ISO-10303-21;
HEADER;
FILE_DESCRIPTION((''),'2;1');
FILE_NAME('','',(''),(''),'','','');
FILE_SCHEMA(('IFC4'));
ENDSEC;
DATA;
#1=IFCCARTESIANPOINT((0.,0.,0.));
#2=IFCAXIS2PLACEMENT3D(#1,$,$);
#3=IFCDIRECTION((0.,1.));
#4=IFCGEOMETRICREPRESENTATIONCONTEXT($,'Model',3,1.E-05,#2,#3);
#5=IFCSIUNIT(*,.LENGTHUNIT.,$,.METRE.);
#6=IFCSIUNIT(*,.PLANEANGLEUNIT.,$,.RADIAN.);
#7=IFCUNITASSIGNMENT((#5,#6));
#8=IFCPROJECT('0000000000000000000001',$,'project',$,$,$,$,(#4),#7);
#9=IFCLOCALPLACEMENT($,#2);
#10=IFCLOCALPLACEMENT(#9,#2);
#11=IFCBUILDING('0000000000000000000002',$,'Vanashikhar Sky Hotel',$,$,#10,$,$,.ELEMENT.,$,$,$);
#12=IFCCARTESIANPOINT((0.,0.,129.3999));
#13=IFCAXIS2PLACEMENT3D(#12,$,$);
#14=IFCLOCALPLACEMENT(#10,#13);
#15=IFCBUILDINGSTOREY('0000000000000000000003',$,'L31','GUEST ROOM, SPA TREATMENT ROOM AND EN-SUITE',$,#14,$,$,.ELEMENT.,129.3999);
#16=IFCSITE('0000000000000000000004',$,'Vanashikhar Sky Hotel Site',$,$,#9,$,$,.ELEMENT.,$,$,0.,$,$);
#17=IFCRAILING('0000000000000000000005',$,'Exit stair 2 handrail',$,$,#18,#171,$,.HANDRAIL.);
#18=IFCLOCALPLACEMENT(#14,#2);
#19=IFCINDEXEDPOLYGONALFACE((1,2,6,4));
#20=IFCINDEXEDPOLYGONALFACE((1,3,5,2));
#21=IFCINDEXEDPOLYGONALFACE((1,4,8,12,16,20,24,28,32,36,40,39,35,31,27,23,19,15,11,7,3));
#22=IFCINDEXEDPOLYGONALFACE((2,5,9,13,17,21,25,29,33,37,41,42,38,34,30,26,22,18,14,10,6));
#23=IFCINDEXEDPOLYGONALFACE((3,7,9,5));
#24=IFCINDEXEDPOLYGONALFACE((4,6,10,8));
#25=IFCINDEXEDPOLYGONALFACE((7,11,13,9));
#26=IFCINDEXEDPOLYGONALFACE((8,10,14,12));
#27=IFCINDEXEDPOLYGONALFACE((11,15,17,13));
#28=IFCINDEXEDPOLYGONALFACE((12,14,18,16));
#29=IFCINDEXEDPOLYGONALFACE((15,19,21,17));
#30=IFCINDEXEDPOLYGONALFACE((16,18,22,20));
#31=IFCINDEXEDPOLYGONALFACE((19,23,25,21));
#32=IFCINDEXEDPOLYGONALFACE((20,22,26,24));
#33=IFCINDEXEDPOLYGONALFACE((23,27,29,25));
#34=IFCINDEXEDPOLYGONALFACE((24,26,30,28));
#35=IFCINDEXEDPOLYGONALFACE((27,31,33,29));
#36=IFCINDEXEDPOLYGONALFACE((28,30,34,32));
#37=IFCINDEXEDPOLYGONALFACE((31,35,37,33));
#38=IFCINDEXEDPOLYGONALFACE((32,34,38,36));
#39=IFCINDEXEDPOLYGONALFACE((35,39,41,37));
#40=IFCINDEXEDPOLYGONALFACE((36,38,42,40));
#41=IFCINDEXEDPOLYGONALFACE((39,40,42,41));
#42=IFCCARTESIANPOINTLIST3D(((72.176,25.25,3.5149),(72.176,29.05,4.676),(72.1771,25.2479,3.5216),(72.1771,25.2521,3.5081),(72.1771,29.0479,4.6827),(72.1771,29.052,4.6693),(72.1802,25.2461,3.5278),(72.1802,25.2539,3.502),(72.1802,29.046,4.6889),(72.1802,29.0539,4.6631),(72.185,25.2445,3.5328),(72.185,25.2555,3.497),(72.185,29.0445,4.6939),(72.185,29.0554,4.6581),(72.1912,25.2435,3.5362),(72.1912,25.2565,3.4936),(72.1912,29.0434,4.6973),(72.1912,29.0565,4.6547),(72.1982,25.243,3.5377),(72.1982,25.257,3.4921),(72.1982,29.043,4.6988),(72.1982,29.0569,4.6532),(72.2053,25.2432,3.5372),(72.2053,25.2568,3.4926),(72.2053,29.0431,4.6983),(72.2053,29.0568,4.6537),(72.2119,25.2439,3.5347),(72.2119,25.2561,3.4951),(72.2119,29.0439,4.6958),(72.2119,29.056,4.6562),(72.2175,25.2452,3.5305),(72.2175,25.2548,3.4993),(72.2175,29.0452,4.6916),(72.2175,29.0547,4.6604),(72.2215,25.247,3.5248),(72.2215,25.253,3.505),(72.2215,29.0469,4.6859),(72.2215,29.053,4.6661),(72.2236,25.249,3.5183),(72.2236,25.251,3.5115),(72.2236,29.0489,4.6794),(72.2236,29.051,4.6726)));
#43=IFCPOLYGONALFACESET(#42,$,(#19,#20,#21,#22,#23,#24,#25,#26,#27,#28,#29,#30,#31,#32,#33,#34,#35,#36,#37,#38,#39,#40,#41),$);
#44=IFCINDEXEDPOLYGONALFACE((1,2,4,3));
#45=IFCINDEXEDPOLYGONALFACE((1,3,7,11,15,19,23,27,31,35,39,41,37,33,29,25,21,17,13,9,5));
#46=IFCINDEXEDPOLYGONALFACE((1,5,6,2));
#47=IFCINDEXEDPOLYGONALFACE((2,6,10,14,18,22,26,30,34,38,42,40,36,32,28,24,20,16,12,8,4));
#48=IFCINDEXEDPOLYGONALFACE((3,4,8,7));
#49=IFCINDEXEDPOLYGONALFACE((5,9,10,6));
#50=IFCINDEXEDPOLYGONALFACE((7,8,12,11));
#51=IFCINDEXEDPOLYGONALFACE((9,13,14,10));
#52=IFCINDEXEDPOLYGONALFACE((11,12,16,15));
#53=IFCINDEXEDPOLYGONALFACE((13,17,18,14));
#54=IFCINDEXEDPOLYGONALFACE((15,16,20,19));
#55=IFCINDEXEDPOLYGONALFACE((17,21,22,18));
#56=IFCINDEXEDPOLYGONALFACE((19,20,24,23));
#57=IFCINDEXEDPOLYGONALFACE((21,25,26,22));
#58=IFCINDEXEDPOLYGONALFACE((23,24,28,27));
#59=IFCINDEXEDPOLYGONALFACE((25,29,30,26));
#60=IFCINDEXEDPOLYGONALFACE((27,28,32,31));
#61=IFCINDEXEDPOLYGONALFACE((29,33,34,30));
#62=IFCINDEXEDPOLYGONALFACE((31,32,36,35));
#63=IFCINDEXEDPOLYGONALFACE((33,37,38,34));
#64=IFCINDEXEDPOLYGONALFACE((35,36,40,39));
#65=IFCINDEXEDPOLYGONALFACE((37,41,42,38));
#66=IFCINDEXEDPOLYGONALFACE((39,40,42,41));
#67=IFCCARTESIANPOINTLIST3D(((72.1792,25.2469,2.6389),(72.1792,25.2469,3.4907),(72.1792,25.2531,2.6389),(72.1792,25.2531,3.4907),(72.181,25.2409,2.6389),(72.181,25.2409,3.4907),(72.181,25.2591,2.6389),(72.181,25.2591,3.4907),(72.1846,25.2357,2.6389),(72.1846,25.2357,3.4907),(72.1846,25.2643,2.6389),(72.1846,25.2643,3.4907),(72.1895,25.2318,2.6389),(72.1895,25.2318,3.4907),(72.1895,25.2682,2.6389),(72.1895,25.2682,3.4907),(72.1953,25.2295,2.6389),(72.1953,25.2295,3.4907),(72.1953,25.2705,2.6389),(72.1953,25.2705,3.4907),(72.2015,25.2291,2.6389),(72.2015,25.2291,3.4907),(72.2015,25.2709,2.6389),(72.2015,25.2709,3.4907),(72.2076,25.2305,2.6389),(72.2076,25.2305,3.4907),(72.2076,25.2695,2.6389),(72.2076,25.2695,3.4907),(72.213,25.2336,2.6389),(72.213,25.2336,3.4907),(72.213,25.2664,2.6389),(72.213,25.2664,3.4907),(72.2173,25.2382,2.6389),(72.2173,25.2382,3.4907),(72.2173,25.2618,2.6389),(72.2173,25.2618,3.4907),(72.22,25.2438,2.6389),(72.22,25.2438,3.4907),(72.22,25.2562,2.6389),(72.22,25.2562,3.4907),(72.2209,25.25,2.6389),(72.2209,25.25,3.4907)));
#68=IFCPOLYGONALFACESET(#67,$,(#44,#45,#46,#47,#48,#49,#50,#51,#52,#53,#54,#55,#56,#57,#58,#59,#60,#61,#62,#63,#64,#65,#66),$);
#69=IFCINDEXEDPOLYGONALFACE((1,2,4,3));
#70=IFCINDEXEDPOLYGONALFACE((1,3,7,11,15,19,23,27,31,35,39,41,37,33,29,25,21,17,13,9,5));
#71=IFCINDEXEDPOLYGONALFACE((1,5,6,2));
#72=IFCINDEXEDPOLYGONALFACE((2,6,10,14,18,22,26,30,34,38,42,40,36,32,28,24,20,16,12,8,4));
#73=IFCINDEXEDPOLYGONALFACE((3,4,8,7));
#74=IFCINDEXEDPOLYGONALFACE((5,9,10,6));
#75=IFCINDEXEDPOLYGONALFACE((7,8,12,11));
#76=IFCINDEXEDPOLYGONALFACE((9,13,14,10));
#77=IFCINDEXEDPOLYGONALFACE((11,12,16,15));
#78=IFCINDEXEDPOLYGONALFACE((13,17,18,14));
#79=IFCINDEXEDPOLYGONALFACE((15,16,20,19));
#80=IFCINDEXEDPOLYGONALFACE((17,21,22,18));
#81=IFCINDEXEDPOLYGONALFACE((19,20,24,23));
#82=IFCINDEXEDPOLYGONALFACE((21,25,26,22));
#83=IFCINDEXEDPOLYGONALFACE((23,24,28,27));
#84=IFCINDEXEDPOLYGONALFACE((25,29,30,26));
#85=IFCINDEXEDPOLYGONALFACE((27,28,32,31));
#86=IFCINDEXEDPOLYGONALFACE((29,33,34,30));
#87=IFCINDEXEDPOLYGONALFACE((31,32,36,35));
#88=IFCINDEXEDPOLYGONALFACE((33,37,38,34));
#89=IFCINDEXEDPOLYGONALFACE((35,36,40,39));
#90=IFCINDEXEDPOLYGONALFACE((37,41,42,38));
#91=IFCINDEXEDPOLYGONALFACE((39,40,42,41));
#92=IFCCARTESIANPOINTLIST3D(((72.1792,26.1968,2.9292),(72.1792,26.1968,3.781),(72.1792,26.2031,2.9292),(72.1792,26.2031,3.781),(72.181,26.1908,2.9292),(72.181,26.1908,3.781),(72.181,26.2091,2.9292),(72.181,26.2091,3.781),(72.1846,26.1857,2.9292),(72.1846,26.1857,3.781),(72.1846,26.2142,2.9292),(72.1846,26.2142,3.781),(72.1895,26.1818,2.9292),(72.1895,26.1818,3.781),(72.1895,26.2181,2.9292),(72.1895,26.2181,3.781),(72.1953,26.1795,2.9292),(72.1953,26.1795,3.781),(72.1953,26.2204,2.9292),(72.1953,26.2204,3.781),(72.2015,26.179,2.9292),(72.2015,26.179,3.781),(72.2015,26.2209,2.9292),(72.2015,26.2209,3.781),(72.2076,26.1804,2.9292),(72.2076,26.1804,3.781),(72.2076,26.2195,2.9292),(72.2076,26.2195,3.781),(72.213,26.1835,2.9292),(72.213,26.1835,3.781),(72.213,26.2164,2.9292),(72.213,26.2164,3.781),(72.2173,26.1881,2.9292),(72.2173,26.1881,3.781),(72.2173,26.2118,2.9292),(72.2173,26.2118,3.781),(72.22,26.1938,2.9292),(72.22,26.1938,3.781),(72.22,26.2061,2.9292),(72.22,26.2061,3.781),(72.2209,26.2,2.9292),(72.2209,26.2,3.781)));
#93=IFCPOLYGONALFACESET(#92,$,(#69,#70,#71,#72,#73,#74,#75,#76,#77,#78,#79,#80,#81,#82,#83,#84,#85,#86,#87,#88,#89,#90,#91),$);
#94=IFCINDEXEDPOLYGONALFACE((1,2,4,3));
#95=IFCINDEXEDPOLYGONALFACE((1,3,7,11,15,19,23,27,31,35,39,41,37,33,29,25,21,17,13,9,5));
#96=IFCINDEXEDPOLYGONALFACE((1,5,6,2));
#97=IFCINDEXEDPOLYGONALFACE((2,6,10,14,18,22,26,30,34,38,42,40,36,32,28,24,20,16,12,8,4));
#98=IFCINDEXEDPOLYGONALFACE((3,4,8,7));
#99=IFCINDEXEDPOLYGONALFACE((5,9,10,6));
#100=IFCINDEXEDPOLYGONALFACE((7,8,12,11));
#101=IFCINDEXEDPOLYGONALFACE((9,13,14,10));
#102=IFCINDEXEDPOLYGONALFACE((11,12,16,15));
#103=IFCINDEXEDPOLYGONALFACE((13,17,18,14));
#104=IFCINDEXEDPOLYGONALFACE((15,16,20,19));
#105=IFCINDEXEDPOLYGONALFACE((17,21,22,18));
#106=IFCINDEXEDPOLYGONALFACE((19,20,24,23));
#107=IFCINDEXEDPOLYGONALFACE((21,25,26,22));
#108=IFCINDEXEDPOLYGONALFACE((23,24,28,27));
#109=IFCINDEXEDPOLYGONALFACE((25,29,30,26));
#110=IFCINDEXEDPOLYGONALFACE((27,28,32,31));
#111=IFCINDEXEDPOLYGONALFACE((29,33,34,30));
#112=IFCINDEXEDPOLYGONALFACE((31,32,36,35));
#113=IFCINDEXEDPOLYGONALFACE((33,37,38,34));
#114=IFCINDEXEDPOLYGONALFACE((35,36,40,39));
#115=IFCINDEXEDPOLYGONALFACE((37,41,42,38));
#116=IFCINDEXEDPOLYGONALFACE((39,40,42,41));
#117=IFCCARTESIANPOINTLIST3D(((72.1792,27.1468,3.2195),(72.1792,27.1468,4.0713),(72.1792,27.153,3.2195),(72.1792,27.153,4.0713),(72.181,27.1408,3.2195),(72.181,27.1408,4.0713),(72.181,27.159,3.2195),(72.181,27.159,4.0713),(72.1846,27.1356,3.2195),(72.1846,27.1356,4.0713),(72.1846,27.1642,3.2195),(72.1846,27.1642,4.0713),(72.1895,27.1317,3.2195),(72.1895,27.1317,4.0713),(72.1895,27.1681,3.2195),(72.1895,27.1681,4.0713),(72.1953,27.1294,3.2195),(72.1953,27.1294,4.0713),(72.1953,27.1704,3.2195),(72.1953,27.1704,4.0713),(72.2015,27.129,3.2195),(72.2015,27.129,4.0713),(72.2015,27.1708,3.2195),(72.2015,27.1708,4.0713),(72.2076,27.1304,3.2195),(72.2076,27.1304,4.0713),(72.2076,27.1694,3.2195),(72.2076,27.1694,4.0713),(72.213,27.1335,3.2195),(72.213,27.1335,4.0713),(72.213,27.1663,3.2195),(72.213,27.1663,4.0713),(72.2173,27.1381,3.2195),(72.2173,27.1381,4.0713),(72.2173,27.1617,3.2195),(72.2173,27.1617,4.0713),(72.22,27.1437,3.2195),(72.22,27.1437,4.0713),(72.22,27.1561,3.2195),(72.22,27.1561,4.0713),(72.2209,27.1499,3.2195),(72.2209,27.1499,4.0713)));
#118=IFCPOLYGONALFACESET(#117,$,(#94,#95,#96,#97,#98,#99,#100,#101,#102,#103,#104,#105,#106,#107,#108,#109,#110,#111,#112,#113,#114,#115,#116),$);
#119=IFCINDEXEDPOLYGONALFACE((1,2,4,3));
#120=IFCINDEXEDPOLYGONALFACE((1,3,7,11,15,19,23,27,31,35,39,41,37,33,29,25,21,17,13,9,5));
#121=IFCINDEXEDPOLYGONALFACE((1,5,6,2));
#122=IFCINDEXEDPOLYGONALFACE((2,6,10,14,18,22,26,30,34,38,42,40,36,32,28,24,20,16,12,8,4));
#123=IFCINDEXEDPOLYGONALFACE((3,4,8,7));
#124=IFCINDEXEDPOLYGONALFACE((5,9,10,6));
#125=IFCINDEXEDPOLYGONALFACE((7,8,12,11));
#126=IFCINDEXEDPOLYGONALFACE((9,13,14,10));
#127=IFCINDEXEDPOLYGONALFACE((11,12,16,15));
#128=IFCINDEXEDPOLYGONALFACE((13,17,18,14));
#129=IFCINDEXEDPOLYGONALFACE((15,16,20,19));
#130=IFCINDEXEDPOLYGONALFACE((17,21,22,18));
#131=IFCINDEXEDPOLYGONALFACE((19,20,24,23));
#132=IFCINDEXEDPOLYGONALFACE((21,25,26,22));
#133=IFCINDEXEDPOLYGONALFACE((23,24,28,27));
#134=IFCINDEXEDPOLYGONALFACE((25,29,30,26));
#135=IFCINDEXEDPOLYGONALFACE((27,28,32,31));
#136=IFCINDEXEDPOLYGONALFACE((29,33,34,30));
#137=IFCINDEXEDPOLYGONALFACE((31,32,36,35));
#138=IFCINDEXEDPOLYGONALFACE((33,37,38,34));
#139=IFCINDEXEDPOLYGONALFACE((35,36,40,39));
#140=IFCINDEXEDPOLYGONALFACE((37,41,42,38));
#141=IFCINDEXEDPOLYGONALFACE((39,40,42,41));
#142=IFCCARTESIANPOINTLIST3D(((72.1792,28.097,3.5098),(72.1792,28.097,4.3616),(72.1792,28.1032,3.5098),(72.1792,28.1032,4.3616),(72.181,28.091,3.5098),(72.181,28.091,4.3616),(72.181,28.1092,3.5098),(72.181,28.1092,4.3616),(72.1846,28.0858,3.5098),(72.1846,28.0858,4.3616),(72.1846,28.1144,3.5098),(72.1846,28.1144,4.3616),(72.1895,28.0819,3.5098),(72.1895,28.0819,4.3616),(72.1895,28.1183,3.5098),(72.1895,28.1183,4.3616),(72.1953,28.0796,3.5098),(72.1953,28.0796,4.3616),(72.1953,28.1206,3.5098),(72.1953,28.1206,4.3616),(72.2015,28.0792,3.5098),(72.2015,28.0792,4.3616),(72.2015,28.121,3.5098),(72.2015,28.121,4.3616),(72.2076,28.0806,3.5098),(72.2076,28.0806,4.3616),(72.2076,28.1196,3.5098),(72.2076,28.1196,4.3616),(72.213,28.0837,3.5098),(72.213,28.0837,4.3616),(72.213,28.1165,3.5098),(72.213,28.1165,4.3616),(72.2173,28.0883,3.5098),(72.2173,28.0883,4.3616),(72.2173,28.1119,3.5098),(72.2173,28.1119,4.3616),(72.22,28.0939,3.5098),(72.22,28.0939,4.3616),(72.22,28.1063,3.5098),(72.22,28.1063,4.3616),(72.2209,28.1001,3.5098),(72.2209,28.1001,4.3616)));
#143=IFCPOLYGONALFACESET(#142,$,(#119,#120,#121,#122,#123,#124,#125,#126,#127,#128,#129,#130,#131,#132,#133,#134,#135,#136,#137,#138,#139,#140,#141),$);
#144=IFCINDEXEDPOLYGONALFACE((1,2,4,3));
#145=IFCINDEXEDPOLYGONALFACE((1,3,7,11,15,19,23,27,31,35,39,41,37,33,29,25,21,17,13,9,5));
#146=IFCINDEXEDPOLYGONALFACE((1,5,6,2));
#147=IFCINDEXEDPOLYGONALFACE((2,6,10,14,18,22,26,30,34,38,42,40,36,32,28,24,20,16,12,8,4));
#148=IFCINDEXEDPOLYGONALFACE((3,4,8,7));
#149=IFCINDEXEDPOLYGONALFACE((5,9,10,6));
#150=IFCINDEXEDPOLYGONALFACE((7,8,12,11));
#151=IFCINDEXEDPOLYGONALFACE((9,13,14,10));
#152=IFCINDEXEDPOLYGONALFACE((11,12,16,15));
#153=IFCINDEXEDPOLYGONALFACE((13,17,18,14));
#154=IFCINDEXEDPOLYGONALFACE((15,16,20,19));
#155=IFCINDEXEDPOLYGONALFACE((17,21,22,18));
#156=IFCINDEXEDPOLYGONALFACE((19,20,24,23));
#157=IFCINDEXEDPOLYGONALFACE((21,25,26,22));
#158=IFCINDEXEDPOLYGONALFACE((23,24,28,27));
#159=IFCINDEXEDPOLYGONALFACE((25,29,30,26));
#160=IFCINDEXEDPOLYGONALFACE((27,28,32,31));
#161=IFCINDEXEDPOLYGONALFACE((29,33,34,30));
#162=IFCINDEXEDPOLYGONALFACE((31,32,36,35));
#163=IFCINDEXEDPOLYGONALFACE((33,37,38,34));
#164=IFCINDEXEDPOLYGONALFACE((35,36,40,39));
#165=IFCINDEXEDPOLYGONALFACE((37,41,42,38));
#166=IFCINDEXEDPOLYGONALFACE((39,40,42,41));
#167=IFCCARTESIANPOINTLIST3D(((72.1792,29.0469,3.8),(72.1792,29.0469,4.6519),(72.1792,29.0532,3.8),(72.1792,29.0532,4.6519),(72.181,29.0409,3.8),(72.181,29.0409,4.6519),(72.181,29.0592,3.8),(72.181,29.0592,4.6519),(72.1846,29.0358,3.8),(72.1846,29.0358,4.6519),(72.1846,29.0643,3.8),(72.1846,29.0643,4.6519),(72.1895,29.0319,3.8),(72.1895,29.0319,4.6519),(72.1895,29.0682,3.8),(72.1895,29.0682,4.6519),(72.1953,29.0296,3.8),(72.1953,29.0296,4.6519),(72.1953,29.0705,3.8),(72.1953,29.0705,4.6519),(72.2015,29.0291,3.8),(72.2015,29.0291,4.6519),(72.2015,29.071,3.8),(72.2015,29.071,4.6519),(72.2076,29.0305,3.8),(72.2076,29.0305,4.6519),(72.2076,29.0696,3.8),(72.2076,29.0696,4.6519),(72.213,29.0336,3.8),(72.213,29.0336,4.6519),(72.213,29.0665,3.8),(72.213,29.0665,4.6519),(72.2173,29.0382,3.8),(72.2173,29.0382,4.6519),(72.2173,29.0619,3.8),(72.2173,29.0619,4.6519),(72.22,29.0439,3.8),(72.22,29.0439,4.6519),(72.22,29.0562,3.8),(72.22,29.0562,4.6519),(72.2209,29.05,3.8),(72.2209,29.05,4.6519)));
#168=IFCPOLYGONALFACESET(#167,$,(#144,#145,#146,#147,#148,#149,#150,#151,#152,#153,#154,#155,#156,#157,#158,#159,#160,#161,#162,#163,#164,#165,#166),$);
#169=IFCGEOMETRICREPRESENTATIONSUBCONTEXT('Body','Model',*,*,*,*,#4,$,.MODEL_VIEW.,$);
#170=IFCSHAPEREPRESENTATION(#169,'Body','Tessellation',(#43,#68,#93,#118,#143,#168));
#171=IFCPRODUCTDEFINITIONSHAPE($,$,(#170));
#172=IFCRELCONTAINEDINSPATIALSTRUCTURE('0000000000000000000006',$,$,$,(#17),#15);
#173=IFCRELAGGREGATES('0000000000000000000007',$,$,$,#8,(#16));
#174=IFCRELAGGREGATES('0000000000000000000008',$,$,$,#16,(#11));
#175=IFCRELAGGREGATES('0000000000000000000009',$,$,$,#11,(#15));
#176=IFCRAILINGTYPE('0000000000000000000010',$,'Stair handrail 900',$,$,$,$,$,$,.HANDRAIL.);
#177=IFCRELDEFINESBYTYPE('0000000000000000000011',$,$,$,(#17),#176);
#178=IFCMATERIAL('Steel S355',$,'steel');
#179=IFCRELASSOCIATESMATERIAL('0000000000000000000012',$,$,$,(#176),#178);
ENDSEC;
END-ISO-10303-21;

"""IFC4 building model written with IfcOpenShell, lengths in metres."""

from ifc_helpers import new_model, si_unit, direction, frame, origin, origin_2d, place, context, subcontext, project, spatial, circle, extrude, source, transform, mapped, material, type_object, element, save


model = new_model("IFC4")

# Units and contexts
model_context = context("Model", 3, precision=1e-05, world=origin(), true_north=direction((0.0, 1.0)))
body_context = subcontext(model_context, "Body", "Model", "MODEL_VIEW")
ifc_project = project(units=[si_unit("LENGTHUNIT", "METRE"), si_unit("PLANEANGLEUNIT", "RADIAN")], contexts=[model_context])

# Site, building, storey
site_placement = place(None, origin())
site = spatial("IfcSite", under=ifc_project, at=site_placement, Name="Vanashikhar Sky Hotel Site", CompositionType="ELEMENT", RefElevation=0.0)
building_placement = place(site_placement, origin())
building = spatial("IfcBuilding", under=site, at=building_placement, Name="Vanashikhar Sky Hotel", CompositionType="ELEMENT")
storey_placement = place(building_placement, frame((0.0, 0.0, 129.3999)))
storey = spatial("IfcBuildingStorey", under=building, at=storey_placement, Name="L31", Description="GUEST ROOM, SPA TREATMENT ROOM AND EN-SUITE", CompositionType="ELEMENT", Elevation=129.3999)

# Railing
ifc_material_1 = material(Name="Steel S355", Category="steel")
railing_type_1 = type_object("IfcRailingType", Name="Stair handrail 900", PredefinedType="HANDRAIL", material=ifc_material_1)
shared_shape_1 = source(origin(), body_context, "Body", "SweptSolid", [
    extrude(circle(Radius=0.0239, at=origin_2d()), frame((0.0, 0.0, 0.876), z_axis=(0.0, 0.956351, 0.29222), x_axis=(-1.0, 0.0, 0.0)), (0.0, 0.0, 1.0), 3.9734),
    extrude(circle(Radius=0.021, at=origin_2d()), origin(), (0.0, 0.0, 1.0), 0.8518),
    extrude(circle(Radius=0.021, at=origin_2d()), frame((0.0, 0.95, 0.2903)), (0.0, 0.0, 1.0), 0.8518),
    extrude(circle(Radius=0.021, at=origin_2d()), frame((0.0, 1.8999, 0.5806)), (0.0, 0.0, 1.0), 0.8518),
    extrude(circle(Radius=0.021, at=origin_2d()), frame((0.0, 2.8501, 0.8708)), (0.0, 0.0, 1.0), 0.8518),
    extrude(circle(Radius=0.021, at=origin_2d()), frame((0.0, 3.8, 1.1611)), (0.0, 0.0, 1.0), 0.8518),
])
for number, where, name in (
    (1, (72.2, 25.25, 2.6389), "Exit stair 2 handrail"),
):
    element("IfcRailing", number, at=place(storey_placement, frame(where)), inside=storey, type_object=railing_type_1, Name=name, PredefinedType="HANDRAIL", context=body_context, shape_type="MappedRepresentation", body=[
        mapped(shared_shape_1, transform((0.0, 0.0, 0.0), scale=1.0)),
    ])

save(model, "model.ifc")
